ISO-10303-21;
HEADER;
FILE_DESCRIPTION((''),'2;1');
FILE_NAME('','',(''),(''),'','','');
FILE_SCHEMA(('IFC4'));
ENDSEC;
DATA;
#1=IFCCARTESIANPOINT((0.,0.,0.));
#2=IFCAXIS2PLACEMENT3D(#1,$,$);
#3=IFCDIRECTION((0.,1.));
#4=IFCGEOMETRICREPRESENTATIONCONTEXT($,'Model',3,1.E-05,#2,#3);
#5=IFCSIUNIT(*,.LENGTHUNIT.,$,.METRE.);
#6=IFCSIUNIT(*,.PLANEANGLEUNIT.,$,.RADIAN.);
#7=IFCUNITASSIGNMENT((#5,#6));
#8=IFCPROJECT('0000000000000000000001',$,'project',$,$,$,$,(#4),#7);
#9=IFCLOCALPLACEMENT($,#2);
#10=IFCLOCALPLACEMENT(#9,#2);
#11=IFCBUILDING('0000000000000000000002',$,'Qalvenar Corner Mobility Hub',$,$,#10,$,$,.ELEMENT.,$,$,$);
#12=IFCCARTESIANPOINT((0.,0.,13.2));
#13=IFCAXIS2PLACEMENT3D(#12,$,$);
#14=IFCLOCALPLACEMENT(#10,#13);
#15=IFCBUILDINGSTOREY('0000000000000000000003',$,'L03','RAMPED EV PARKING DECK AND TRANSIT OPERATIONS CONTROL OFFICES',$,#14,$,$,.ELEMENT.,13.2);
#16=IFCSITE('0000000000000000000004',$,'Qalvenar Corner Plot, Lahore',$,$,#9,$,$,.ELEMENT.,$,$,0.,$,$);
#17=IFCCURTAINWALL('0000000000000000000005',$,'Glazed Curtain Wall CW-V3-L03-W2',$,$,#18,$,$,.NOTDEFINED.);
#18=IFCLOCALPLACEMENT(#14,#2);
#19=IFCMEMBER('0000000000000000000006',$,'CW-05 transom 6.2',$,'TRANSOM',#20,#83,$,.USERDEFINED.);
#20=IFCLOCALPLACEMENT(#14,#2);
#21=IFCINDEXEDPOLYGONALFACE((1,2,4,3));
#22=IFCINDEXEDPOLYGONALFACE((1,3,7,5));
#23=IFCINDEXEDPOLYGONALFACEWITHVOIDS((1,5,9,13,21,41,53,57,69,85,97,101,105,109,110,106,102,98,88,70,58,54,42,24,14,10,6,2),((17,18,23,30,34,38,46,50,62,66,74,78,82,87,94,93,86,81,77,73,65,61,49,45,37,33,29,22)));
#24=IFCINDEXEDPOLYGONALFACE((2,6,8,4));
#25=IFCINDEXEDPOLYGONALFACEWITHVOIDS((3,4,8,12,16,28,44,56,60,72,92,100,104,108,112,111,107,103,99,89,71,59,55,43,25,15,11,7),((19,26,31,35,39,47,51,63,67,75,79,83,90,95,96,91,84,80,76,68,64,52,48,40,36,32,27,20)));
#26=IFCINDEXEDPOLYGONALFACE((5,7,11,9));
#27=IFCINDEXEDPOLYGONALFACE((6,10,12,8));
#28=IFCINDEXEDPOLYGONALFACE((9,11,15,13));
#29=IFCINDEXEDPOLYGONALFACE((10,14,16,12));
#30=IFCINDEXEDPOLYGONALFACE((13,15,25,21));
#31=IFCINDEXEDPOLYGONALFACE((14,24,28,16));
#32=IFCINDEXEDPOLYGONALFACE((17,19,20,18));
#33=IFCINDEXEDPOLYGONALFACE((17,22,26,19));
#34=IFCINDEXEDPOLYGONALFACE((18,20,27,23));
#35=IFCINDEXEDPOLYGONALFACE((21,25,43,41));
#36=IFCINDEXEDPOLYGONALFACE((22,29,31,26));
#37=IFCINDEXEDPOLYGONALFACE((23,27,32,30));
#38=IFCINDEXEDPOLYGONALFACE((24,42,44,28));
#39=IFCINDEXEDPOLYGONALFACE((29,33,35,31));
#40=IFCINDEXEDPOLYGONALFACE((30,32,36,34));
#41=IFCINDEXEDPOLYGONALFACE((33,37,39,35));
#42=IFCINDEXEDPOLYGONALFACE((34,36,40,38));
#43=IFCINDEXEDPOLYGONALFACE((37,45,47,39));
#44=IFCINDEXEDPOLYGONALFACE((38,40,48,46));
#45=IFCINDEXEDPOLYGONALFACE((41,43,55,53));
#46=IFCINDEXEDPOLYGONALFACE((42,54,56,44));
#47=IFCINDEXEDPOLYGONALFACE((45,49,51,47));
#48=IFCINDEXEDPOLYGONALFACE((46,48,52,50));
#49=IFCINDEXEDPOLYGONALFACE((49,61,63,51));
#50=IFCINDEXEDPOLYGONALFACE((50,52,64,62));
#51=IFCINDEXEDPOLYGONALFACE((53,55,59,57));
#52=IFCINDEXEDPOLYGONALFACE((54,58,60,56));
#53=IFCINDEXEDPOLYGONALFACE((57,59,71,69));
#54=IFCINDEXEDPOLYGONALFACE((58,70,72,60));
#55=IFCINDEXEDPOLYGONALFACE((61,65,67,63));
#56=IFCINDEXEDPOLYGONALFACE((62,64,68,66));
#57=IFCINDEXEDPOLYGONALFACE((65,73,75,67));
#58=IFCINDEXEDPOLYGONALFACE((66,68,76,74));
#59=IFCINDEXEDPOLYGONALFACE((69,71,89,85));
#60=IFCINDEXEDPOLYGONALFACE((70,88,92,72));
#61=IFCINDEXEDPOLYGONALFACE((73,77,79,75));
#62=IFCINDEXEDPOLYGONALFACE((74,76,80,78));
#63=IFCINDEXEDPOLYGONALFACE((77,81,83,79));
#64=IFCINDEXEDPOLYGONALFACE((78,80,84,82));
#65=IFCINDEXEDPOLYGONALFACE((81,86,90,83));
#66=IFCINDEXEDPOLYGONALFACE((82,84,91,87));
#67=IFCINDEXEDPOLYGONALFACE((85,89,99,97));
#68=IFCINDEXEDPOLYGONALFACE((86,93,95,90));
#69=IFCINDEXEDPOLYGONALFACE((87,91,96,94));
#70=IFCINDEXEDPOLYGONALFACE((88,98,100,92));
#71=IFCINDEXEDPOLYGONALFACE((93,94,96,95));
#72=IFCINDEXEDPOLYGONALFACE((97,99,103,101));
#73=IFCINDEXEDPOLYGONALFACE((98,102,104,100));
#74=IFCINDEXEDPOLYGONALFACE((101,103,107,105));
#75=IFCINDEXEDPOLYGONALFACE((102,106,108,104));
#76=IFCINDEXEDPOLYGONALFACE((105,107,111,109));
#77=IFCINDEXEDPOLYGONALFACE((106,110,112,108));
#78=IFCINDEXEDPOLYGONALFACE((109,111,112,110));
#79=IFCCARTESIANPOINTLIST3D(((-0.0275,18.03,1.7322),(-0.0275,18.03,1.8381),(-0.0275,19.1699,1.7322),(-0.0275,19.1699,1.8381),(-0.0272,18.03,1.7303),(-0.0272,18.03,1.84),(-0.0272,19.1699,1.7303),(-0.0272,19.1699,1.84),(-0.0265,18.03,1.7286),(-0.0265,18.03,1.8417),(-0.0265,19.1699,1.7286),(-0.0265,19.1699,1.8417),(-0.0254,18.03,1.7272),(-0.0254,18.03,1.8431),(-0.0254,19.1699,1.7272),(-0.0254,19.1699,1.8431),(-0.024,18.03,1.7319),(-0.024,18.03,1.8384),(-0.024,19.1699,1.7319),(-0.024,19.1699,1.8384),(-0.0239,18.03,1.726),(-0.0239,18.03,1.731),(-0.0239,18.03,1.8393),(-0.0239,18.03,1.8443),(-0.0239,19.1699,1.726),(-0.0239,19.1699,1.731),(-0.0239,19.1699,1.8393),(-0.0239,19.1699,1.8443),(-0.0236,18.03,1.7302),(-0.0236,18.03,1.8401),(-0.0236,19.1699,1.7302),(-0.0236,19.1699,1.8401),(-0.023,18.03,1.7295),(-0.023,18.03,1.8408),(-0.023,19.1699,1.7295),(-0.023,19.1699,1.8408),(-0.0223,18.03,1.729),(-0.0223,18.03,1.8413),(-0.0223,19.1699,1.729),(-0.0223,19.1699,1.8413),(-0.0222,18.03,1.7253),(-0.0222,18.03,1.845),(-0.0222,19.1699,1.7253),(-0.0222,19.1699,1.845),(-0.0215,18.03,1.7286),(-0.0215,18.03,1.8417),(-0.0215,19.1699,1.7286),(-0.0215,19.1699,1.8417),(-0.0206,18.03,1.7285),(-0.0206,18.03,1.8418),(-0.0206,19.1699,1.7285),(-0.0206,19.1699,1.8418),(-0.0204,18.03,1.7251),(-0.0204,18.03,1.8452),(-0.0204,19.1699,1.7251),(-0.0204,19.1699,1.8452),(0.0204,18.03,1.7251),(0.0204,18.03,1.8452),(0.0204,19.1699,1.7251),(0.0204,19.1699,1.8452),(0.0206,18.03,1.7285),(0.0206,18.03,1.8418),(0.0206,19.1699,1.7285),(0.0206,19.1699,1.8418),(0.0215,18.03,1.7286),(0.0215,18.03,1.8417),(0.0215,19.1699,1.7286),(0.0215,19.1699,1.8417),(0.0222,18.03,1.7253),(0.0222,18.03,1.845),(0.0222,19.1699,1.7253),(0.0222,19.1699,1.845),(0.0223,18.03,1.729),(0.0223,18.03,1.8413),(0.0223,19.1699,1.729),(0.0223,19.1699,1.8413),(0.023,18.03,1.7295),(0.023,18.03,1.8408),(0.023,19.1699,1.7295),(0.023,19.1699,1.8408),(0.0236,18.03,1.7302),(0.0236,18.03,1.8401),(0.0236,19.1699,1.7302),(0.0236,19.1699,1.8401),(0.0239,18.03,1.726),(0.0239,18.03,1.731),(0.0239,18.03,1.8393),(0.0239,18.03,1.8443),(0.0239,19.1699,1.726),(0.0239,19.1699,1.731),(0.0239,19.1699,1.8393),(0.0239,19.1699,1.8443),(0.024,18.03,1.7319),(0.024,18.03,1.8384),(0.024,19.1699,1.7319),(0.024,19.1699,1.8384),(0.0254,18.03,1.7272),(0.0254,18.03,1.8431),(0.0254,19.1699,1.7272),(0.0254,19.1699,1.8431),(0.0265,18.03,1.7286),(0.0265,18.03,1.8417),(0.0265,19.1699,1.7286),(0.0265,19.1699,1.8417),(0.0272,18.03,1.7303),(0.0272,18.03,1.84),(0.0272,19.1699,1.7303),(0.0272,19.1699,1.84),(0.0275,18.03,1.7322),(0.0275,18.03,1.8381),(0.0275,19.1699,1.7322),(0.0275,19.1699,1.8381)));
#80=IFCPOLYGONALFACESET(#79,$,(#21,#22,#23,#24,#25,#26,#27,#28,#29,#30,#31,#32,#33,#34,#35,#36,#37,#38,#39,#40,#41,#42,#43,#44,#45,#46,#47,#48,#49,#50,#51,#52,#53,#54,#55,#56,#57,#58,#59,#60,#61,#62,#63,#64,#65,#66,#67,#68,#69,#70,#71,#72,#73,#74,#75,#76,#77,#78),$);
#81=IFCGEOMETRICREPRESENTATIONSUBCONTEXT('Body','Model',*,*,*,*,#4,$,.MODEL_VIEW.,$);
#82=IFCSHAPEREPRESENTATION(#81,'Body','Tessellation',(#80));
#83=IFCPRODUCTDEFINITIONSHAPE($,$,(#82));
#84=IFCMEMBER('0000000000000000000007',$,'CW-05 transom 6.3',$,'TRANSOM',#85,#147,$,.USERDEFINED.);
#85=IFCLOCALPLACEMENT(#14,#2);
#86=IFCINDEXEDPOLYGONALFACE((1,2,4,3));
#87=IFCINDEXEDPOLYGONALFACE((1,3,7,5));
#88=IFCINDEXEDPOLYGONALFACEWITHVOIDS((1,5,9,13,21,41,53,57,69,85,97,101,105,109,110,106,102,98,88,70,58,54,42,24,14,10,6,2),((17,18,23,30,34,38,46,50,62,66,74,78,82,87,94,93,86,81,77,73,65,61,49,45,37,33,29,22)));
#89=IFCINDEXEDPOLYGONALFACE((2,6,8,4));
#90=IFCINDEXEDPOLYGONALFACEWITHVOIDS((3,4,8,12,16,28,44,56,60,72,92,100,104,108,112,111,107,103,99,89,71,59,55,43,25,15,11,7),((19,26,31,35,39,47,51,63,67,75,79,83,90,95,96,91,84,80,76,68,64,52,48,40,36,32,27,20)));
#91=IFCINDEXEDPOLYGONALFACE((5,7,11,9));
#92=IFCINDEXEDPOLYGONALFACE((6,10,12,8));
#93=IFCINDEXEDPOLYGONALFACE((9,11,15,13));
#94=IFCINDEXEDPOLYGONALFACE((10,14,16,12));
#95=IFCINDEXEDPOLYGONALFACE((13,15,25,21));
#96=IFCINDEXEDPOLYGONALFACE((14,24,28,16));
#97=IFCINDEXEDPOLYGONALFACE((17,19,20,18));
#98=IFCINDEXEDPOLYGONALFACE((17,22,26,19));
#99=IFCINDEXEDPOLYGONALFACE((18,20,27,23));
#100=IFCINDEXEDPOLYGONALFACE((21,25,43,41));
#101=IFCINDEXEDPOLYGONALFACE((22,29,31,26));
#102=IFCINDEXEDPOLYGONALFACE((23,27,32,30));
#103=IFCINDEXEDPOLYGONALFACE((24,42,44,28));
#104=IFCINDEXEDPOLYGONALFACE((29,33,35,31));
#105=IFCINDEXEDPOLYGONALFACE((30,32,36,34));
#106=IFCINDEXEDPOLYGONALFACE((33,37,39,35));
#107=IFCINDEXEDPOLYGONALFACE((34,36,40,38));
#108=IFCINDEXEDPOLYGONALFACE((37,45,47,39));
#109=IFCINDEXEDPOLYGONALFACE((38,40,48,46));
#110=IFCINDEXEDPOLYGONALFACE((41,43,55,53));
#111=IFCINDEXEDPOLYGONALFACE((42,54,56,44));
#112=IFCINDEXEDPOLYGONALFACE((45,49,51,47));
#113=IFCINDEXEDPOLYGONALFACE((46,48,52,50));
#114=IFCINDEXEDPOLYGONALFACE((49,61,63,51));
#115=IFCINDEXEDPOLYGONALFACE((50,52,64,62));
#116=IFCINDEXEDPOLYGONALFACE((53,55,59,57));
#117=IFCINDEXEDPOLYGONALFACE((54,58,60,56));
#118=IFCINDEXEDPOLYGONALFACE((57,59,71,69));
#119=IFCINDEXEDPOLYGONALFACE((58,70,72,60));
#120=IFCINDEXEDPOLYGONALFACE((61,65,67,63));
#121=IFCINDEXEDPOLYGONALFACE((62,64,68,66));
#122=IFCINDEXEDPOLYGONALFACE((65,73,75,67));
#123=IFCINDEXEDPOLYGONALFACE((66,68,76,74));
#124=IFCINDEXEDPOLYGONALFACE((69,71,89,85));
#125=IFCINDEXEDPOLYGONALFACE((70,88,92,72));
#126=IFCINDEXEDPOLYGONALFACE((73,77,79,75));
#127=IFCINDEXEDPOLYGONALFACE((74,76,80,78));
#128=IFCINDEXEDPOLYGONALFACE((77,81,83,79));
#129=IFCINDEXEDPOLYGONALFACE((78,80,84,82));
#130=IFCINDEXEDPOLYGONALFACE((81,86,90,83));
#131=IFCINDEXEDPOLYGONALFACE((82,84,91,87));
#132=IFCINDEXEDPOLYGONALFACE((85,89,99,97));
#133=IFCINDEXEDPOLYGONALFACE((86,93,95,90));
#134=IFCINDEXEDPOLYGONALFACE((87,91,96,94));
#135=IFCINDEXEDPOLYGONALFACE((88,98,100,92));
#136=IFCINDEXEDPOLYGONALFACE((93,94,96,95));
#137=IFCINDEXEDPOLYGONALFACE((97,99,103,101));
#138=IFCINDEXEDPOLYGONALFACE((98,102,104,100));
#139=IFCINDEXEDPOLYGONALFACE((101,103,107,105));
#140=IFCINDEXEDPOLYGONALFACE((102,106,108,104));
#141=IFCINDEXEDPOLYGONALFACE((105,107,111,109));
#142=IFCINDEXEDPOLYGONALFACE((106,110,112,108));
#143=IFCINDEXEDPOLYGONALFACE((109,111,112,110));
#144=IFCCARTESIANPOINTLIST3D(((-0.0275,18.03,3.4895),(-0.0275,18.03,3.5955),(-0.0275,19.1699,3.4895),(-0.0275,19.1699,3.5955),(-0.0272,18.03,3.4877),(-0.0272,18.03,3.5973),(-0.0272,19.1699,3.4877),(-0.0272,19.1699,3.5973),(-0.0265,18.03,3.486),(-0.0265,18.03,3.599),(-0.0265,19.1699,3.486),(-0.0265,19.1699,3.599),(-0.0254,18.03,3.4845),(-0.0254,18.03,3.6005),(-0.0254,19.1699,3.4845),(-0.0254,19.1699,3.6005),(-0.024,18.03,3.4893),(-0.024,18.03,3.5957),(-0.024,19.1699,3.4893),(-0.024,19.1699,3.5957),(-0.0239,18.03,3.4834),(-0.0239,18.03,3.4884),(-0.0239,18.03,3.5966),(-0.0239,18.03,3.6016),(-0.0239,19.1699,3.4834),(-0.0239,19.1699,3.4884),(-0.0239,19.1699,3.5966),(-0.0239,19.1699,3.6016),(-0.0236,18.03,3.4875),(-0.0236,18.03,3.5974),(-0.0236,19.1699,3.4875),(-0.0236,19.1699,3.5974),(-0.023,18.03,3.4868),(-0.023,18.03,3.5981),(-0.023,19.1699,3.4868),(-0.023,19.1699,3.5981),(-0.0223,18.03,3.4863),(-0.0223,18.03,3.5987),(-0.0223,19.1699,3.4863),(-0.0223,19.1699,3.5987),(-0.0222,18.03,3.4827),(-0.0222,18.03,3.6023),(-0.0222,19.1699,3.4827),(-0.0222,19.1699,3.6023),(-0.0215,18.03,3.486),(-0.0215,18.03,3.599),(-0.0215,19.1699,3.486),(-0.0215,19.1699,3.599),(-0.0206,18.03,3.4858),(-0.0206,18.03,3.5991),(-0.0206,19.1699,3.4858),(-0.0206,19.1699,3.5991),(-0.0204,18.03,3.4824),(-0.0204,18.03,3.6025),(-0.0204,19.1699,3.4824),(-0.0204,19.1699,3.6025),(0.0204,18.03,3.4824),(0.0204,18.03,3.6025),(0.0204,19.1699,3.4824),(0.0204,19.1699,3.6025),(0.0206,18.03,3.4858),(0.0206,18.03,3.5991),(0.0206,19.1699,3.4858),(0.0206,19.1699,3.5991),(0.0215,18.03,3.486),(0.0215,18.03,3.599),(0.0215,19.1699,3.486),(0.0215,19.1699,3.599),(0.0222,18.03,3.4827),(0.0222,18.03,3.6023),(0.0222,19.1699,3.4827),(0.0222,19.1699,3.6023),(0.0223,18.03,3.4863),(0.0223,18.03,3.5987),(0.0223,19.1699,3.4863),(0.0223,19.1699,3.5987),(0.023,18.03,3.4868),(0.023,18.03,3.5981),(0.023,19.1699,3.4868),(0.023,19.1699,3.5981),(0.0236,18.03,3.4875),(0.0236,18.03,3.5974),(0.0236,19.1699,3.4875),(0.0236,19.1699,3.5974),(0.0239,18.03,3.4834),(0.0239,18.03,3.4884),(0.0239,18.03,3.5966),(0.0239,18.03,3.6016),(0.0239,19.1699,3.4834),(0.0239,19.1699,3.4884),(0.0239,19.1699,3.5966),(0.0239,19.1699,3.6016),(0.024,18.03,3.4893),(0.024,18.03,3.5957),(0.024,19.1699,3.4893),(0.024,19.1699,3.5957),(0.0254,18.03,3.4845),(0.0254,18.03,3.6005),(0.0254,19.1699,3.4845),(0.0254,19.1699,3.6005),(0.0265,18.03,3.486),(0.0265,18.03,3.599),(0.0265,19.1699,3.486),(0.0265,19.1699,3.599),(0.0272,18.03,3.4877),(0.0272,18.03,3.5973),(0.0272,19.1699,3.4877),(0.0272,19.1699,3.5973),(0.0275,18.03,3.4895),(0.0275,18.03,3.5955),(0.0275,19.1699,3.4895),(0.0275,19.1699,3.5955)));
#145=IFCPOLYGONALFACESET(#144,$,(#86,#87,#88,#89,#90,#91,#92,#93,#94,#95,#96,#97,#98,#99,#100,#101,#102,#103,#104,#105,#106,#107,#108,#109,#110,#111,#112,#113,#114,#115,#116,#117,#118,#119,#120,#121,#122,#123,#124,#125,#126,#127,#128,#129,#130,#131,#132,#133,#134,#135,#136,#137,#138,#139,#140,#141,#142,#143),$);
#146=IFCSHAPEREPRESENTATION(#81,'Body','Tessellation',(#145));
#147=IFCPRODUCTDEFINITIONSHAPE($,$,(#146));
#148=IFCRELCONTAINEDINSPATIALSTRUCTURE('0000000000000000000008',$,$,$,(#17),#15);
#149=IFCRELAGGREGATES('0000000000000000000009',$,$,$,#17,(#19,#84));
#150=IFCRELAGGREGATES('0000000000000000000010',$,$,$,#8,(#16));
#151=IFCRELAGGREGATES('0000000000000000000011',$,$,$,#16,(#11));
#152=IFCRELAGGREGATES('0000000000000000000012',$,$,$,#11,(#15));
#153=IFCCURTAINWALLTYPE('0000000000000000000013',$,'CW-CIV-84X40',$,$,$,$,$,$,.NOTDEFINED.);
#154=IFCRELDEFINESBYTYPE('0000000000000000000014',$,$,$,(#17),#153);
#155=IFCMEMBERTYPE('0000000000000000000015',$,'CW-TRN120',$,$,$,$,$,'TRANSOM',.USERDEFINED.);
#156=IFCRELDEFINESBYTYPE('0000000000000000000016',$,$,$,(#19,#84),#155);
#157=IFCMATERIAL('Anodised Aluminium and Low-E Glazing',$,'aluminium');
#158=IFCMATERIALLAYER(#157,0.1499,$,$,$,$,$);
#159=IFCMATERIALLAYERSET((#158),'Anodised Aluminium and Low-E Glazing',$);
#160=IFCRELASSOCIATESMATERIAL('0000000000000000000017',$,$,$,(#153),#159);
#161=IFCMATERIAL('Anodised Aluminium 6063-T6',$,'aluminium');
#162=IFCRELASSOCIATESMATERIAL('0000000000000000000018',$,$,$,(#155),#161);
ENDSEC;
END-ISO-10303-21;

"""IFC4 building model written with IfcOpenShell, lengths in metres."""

from ifc_helpers import new_model, si_unit, direction, frame, origin, origin_2d, place, context, subcontext, project, spatial, hollow_rectangle, extrude, material, layer, layer_set, material_profile, profile_set, type_object, element, aggregate, save


model = new_model("IFC4")

# Units and contexts
model_context = context("Model", 3, precision=1e-05, world=origin(), true_north=direction((0.0, 1.0)))
body_context = subcontext(model_context, "Body", "Model", "MODEL_VIEW")
ifc_project = project(units=[si_unit("LENGTHUNIT", "METRE"), si_unit("PLANEANGLEUNIT", "RADIAN")], contexts=[model_context])

# Site, building, storey
site_placement = place(None, origin())
site = spatial("IfcSite", under=ifc_project, at=site_placement, Name="Qalvenar Corner Plot, Lahore", CompositionType="ELEMENT", RefElevation=0.0)
building_placement = place(site_placement, origin())
building = spatial("IfcBuilding", under=site, at=building_placement, Name="Qalvenar Corner Mobility Hub", CompositionType="ELEMENT")
storey_placement = place(building_placement, frame((0.0, 0.0, 13.2)))
storey = spatial("IfcBuildingStorey", under=building, at=storey_placement, Name="L03", Description="RAMPED EV PARKING DECK AND TRANSIT OPERATIONS CONTROL OFFICES", CompositionType="ELEMENT", Elevation=13.2)

# Curtain wall
ifc_material_1 = material(Name="Anodised Aluminium and Low-E Glazing", Category="aluminium")
ifc_layer_1 = layer(ifc_material_1, 0.1499)
ifc_layer_set_1 = layer_set([ifc_layer_1], Name="Anodised Aluminium and Low-E Glazing")
curtain_wall_type = type_object("IfcCurtainWallType", Name="CW-CIV-84X40", PredefinedType="NOTDEFINED", material=ifc_layer_set_1)
ifc_material_2 = material(Name="Anodised Aluminium 6063-T6", Category="aluminium")
curtain_wall_1_placement = place(storey_placement, origin())
curtain_wall_1 = element("IfcCurtainWall", 1, at=curtain_wall_1_placement, inside=storey, type_object=curtain_wall_type, Name="Glazed Curtain Wall CW-V3-L03-W2", PredefinedType="NOTDEFINED")

# Members
ifc_material_profile_1 = material_profile(ifc_material_2, hollow_rectangle(XDim=0.0549, YDim=0.1201, WallThickness=0.0034, InnerFilletRadius=0.0034, OuterFilletRadius=0.0071, at=origin_2d()), Name="RHS120x55x3.5")
ifc_profile_set_1 = profile_set([ifc_material_profile_1], Name="Anodised Aluminium 6063-T6")
member_type_1 = type_object("IfcMemberType", Name="CW-TRN120", ElementType="TRANSOM", PredefinedType="USERDEFINED", material=ifc_profile_set_1)
member_1_placement = place(storey_placement, frame((0.0, 19.1699, 1.7852), z_axis=(0.0, -1.0, 0.0), x_axis=(1.0, 0.0, 0.0)))
member_1 = element("IfcMember", 2, at=member_1_placement, type_object=member_type_1, Name="CW-05 transom 6.2", ObjectType="TRANSOM", PredefinedType="USERDEFINED", context=body_context, shape_type="SweptSolid", body=[
    extrude(hollow_rectangle(XDim=0.0549, YDim=0.1201, WallThickness=0.0034, InnerFilletRadius=0.0034, OuterFilletRadius=0.0071, at=origin_2d()), origin(), (0.0, 0.0, 1.0), 1.1399),
])
member_2_placement = place(storey_placement, frame((0.0, 19.1699, 3.5425), z_axis=(0.0, -1.0, 0.0), x_axis=(1.0, 0.0, 0.0)))
member_2 = element("IfcMember", 3, at=member_2_placement, type_object=member_type_1, Name="CW-05 transom 6.3", ObjectType="TRANSOM", PredefinedType="USERDEFINED", context=body_context, shape_type="SweptSolid", body=[
    extrude(hollow_rectangle(XDim=0.0549, YDim=0.1201, WallThickness=0.0034, InnerFilletRadius=0.0034, OuterFilletRadius=0.0071, at=origin_2d()), origin(), (0.0, 0.0, 1.0), 1.1399),
])

aggregate(curtain_wall_1, [member_1, member_2])

save(model, "model.ifc")
